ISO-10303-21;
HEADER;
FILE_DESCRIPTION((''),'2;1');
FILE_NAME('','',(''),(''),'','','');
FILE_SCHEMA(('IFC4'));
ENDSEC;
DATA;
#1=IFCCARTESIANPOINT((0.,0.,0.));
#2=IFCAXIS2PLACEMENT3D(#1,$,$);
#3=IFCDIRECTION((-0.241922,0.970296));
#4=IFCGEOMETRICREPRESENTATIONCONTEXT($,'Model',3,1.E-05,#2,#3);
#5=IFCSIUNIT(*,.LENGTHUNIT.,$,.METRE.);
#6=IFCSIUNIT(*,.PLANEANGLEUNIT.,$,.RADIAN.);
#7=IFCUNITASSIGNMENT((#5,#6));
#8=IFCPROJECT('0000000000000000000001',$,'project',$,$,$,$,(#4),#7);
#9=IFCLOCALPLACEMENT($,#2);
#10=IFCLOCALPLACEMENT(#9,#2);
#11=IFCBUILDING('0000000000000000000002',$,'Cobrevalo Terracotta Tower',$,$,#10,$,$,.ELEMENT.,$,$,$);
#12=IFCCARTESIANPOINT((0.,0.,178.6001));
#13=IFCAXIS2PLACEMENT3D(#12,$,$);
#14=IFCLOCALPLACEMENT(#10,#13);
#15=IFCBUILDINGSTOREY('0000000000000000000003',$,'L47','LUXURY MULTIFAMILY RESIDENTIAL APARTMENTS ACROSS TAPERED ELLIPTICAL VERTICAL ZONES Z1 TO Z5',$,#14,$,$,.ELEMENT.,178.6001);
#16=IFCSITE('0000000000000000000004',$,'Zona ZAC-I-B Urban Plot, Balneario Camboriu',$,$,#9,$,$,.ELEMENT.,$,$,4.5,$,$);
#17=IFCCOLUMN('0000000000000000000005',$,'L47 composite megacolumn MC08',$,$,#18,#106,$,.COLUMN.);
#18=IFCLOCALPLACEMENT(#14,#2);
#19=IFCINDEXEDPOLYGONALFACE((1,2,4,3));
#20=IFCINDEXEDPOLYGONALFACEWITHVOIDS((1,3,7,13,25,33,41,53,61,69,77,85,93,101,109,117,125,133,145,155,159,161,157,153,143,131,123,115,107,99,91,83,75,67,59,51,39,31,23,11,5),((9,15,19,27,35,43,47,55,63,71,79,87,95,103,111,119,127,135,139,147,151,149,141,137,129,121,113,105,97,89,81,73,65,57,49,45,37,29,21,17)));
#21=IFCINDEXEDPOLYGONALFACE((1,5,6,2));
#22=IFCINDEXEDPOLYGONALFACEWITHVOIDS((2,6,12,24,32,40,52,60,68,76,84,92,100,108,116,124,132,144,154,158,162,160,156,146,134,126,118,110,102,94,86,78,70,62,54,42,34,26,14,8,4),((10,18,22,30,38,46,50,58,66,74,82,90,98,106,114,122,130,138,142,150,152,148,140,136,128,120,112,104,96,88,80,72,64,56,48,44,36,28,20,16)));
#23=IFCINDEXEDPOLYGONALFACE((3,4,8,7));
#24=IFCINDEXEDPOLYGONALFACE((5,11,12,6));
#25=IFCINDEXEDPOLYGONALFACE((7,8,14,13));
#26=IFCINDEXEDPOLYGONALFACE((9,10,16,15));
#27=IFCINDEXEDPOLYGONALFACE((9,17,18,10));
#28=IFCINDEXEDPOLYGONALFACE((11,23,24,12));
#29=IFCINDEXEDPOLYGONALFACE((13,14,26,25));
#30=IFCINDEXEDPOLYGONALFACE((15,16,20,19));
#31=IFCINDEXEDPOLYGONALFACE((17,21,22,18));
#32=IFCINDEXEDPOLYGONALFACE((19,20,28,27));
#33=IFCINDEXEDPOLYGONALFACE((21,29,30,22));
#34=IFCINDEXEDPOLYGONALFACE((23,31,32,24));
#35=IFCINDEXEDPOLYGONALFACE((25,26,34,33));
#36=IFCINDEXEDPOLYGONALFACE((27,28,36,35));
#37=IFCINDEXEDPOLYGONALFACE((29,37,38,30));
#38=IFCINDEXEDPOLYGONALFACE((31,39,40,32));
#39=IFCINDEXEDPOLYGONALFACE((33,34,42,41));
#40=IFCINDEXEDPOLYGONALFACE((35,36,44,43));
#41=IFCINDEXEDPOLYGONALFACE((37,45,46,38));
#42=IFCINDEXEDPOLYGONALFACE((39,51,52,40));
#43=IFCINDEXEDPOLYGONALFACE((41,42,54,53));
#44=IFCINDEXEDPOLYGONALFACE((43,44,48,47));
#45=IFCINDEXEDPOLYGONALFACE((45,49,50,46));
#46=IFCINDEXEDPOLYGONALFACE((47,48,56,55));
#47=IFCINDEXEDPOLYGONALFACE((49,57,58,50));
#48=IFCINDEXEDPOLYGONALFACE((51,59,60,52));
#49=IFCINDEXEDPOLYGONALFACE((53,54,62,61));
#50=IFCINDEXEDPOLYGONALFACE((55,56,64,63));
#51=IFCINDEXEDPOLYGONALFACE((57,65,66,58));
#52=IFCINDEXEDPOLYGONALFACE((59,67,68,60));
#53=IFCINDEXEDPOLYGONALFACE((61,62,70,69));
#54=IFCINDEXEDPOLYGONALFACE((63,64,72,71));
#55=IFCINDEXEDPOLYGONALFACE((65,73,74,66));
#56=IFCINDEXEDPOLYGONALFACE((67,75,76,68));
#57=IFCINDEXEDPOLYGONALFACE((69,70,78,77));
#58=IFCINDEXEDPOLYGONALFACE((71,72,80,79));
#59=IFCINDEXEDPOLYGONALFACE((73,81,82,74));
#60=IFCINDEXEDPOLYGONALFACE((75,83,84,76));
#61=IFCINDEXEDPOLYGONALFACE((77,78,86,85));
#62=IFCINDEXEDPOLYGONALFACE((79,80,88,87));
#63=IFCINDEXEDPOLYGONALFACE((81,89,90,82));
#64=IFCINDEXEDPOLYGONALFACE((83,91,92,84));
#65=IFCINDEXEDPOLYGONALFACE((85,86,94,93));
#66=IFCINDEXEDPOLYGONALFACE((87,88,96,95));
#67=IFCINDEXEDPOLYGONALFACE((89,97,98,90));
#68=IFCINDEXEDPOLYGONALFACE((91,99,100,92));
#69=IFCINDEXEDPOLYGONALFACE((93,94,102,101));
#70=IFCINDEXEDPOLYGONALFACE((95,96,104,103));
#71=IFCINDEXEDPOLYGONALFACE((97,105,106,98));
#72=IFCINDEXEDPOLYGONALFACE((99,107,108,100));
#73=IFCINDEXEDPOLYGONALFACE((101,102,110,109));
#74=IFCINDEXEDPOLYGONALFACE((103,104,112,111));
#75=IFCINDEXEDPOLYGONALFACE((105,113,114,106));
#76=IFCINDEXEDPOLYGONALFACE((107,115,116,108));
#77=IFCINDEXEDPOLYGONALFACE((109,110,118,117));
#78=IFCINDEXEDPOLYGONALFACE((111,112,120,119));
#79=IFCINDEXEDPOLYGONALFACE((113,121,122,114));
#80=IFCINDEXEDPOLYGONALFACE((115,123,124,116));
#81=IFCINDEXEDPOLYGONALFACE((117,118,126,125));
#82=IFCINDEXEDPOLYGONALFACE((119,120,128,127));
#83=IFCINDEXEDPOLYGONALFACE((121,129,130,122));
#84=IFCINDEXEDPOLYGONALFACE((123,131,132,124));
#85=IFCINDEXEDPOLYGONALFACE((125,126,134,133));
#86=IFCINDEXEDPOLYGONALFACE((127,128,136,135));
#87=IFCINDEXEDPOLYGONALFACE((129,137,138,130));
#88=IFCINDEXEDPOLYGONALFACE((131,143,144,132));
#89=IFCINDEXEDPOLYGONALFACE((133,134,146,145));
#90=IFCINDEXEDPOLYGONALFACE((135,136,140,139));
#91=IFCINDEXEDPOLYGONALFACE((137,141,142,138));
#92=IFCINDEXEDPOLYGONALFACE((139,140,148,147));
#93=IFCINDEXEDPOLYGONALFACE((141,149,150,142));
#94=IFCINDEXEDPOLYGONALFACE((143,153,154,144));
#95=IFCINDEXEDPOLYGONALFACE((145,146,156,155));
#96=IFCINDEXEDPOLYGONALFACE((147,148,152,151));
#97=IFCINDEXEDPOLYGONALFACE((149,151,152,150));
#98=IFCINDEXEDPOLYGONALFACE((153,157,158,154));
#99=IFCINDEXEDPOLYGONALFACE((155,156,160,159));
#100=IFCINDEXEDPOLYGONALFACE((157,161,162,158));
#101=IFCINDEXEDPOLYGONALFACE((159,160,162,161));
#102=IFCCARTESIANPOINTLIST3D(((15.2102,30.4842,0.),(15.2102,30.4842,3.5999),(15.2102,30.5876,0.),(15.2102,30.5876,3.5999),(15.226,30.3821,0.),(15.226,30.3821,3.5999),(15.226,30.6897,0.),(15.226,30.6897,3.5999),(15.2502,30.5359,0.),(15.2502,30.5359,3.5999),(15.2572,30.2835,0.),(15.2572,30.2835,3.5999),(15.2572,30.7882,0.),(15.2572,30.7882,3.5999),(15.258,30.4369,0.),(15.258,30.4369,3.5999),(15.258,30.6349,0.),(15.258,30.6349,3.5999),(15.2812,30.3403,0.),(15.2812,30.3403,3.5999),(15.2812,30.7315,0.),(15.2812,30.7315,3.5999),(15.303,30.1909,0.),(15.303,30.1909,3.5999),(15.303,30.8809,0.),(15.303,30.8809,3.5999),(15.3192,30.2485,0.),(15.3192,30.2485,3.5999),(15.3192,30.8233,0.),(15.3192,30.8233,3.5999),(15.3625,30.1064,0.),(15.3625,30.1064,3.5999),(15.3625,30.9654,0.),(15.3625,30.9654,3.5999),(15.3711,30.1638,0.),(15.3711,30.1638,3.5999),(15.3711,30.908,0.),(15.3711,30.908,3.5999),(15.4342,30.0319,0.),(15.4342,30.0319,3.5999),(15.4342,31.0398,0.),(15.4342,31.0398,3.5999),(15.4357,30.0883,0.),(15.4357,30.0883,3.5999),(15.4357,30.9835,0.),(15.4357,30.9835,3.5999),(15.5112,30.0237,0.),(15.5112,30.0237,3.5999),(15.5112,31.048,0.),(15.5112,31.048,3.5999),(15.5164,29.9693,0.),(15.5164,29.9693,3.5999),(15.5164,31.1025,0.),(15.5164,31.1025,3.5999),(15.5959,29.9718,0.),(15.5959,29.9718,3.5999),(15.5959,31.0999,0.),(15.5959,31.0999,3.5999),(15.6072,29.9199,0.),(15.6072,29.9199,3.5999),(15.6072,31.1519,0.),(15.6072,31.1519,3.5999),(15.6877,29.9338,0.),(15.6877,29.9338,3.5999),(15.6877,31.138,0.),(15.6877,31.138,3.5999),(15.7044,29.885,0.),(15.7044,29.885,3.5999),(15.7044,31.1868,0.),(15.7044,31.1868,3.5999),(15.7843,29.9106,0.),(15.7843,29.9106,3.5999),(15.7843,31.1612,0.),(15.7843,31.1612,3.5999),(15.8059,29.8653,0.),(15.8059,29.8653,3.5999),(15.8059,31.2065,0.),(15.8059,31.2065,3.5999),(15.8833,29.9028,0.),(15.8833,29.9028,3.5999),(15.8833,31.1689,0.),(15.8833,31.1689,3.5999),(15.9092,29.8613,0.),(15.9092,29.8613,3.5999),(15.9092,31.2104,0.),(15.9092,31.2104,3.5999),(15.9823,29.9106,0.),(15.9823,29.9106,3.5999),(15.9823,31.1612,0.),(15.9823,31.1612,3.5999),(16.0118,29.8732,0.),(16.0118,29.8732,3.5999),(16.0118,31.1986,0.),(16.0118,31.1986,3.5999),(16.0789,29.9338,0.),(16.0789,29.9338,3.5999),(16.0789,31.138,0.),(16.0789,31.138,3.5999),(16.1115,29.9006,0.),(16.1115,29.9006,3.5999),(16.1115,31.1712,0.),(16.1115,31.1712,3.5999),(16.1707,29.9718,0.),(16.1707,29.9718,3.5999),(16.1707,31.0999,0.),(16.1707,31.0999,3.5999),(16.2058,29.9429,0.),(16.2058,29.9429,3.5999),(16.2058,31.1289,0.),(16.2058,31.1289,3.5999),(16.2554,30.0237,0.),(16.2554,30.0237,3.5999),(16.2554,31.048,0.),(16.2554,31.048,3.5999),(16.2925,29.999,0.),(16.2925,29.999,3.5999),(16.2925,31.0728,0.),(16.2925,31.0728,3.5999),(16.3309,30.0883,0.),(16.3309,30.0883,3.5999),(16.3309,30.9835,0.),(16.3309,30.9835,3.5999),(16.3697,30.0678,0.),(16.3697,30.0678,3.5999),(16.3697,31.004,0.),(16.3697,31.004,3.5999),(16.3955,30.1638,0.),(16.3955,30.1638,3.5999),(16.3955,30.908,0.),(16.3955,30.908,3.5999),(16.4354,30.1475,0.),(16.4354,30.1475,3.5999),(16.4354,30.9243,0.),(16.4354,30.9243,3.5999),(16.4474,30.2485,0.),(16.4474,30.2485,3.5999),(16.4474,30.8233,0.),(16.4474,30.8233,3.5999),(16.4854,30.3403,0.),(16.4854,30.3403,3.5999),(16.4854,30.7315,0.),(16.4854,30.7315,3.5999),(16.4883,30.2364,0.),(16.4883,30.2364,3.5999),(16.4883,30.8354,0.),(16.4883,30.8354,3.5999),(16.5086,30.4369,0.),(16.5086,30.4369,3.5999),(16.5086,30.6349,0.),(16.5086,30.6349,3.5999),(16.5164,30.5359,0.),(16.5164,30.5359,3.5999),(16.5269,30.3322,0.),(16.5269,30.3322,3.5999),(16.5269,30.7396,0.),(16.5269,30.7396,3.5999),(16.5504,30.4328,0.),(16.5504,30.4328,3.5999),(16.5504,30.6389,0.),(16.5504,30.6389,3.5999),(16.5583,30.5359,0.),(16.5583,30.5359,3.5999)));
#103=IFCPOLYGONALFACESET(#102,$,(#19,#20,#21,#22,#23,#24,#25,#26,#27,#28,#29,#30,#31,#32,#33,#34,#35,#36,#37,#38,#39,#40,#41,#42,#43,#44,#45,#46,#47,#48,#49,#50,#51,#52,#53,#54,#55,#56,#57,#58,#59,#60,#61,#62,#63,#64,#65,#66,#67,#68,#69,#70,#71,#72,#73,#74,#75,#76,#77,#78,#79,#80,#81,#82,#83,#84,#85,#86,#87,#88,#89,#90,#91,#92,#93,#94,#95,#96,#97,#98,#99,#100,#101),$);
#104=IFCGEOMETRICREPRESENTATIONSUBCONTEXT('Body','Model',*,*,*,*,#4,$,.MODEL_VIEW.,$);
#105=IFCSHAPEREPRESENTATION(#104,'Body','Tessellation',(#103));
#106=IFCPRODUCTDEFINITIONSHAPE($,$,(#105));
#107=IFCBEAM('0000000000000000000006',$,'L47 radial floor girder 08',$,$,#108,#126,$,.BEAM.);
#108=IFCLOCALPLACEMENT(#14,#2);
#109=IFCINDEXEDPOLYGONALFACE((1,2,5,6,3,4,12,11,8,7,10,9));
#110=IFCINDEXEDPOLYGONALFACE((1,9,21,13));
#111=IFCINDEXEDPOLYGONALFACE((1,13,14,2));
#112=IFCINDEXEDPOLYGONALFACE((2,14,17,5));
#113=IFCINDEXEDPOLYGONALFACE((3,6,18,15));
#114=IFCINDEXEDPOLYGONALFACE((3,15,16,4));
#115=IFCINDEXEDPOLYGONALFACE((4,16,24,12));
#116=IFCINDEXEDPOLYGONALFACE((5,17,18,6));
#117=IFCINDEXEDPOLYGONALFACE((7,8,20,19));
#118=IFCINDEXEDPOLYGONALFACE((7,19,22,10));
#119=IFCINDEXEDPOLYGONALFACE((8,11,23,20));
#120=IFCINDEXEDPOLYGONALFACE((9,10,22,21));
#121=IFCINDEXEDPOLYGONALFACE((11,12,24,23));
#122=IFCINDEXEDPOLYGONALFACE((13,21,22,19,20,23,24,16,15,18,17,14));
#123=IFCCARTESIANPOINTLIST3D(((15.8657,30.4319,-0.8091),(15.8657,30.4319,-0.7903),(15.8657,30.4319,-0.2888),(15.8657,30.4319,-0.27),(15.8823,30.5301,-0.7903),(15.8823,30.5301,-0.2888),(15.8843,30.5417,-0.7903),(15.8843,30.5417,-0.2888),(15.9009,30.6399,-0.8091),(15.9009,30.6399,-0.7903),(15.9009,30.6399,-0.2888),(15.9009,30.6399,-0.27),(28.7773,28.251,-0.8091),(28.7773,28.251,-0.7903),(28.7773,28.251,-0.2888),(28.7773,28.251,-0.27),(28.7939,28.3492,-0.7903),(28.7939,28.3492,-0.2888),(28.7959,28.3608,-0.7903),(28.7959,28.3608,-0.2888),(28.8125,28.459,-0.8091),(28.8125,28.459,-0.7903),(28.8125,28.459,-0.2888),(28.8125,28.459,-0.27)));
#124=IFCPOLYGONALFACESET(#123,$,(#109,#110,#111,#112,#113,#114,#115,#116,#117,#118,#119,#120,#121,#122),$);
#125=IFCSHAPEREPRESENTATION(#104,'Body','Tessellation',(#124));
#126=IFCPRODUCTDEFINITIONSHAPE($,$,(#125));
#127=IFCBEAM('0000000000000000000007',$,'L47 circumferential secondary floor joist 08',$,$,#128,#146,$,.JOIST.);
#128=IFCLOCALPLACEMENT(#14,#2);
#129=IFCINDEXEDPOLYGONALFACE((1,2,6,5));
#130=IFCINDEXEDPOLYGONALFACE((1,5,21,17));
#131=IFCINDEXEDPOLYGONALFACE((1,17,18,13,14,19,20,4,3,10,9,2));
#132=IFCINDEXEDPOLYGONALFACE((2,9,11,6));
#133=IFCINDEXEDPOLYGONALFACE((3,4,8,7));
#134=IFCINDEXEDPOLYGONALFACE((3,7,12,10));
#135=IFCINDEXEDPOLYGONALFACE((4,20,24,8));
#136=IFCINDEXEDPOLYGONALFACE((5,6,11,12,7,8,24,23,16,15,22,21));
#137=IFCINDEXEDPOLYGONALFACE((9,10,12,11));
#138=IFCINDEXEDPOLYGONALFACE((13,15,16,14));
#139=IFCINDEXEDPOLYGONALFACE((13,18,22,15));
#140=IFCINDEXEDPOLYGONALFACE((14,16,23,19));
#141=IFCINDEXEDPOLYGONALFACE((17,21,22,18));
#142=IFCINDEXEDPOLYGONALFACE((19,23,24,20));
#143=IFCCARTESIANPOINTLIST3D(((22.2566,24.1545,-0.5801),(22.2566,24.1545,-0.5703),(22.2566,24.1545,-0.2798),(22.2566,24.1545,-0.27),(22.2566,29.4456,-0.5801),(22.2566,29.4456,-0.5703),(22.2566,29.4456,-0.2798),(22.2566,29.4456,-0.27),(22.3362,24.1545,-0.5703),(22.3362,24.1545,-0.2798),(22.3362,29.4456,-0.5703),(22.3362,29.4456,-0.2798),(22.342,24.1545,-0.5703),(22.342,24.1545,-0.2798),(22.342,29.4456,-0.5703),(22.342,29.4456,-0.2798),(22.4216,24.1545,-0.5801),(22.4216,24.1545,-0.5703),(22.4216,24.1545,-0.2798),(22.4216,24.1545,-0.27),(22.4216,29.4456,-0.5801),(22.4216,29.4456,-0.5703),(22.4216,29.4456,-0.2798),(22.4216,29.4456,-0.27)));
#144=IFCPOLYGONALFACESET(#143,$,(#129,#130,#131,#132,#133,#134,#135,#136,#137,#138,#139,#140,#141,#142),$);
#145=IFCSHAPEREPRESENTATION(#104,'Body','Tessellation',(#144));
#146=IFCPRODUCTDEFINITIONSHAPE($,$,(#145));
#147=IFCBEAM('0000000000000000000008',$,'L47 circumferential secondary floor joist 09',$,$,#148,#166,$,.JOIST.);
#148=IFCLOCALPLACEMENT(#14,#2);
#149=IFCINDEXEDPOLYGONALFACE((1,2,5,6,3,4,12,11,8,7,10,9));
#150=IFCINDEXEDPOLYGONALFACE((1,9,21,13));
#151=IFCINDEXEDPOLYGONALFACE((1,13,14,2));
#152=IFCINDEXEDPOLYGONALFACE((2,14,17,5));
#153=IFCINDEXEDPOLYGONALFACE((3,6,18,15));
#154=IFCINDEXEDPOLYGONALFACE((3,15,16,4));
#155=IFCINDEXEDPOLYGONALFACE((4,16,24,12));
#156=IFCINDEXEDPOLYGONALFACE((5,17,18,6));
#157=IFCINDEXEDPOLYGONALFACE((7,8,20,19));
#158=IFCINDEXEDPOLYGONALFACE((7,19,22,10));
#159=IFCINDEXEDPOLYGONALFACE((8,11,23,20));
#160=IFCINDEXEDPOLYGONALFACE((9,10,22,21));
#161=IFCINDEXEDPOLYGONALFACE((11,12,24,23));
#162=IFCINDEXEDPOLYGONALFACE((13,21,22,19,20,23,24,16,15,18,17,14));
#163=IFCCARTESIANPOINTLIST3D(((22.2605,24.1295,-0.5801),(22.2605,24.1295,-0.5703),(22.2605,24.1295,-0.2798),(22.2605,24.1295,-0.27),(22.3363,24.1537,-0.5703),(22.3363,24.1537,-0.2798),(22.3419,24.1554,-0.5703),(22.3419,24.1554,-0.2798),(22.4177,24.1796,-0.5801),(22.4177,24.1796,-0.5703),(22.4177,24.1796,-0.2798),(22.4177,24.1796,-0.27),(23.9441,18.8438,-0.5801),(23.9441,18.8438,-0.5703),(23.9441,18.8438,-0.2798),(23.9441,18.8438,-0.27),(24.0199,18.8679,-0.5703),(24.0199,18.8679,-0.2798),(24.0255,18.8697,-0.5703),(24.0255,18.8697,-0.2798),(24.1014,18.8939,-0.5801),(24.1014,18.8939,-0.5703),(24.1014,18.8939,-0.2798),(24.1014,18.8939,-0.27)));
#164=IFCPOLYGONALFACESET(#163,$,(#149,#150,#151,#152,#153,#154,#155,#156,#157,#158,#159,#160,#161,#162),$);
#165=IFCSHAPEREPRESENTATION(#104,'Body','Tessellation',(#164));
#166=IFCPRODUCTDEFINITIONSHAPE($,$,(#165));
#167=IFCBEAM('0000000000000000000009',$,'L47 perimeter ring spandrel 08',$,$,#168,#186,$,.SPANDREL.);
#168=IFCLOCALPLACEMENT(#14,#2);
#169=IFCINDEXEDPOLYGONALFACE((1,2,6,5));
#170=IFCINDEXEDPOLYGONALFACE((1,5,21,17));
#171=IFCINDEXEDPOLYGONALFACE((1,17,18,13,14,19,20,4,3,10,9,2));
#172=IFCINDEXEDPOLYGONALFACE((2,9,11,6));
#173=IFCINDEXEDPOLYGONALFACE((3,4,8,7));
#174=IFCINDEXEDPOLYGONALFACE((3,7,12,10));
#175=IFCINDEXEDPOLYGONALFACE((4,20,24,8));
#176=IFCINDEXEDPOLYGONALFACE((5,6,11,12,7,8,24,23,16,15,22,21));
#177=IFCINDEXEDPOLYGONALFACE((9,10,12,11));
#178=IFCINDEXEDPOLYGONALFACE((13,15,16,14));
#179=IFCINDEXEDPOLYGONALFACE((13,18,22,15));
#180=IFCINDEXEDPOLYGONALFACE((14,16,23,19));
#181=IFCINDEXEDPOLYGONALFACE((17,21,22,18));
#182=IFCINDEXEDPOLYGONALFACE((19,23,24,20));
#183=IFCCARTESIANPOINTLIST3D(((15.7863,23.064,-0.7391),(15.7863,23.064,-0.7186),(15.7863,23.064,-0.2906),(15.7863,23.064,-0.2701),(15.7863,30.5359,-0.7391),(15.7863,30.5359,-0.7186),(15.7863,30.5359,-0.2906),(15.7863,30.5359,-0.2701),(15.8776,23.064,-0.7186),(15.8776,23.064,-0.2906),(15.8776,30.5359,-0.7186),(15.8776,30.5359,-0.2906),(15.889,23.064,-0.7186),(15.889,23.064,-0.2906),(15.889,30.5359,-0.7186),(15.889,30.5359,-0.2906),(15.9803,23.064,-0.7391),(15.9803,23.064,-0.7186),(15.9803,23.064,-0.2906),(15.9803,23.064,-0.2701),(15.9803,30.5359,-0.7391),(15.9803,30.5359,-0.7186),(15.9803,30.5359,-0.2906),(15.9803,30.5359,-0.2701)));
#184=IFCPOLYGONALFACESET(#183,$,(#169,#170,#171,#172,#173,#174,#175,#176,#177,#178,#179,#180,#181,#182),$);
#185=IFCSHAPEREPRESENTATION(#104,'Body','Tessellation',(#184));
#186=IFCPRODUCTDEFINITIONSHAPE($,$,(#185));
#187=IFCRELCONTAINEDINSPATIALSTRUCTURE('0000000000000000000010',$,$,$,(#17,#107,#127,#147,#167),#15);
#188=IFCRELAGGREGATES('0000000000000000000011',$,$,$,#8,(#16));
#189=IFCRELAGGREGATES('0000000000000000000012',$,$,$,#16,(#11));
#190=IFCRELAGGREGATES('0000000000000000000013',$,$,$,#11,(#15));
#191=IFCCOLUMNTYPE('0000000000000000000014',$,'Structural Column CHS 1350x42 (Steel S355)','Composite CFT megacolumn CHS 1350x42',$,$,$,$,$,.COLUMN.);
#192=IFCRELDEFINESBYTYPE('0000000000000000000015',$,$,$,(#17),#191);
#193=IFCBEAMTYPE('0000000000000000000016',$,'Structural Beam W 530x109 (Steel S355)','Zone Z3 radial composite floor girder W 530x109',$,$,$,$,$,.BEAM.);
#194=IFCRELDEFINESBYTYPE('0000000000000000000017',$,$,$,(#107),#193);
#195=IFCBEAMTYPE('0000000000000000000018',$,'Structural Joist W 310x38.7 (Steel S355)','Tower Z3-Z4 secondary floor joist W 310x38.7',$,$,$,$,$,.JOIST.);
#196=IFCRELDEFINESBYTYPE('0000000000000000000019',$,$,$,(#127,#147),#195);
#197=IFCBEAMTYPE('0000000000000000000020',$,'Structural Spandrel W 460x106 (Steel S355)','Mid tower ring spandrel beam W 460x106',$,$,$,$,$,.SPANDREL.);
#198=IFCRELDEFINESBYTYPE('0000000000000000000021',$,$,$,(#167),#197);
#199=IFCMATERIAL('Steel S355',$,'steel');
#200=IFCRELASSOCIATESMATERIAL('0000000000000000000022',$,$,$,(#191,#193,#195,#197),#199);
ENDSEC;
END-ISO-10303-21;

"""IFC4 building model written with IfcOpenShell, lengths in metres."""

from ifc_helpers import new_model, si_unit, direction, frame, origin, origin_2d, place, context, subcontext, project, spatial, hollow_circle, i_section, extrude, material, material_profile, profile_set, type_object, element, save


model = new_model("IFC4")

# Units and contexts
model_context = context("Model", 3, precision=1e-05, world=origin(), true_north=direction((-0.241922, 0.970296)))
body_context = subcontext(model_context, "Body", "Model", "MODEL_VIEW")
ifc_project = project(units=[si_unit("LENGTHUNIT", "METRE"), si_unit("PLANEANGLEUNIT", "RADIAN")], contexts=[model_context])

# Site, building, storey
site_placement = place(None, origin())
site = spatial("IfcSite", under=ifc_project, at=site_placement, Name="Zona ZAC-I-B Urban Plot, Balneario Camboriu", CompositionType="ELEMENT", RefElevation=4.5)
building_placement = place(site_placement, origin())
building = spatial("IfcBuilding", under=site, at=building_placement, Name="Cobrevalo Terracotta Tower", CompositionType="ELEMENT")
storey_placement = place(building_placement, frame((0.0, 0.0, 178.6001)))
storey = spatial("IfcBuildingStorey", under=building, at=storey_placement, Name="L47", Description="LUXURY MULTIFAMILY RESIDENTIAL APARTMENTS ACROSS TAPERED ELLIPTICAL VERTICAL ZONES Z1 TO Z5", CompositionType="ELEMENT", Elevation=178.6001)

# Column
ifc_material_1 = material(Name="Steel S355", Category="steel")
ifc_material_profile_1 = material_profile(ifc_material_1, hollow_circle(Radius=0.675, WallThickness=0.042, at=origin_2d()), Name="CHS 1350x42")
ifc_profile_set_1 = profile_set([ifc_material_profile_1], Name="Steel S355")
column_type = type_object("IfcColumnType", Name="Structural Column CHS 1350x42 (Steel S355)", Description="Composite CFT megacolumn CHS 1350x42", PredefinedType="COLUMN", material=ifc_profile_set_1)
column_placement = place(storey_placement, frame((15.8833, 30.5359, 0.0), z_axis=(0.0, 0.0, 1.0), x_axis=(1.0, 0.0, 0.0)))
element("IfcColumn", 1, at=column_placement, inside=storey, type_object=column_type, Name="L47 composite megacolumn MC08", PredefinedType="COLUMN", context=body_context, shape_type="SweptSolid", body=[
    extrude(hollow_circle(Radius=0.675, WallThickness=0.042, at=origin_2d()), origin(), (0.0, 0.0, 1.0), 3.5999),
])

# Beams
ifc_material_profile_2 = material_profile(ifc_material_1, i_section(OverallWidth=0.2109, OverallDepth=0.5391, WebThickness=0.0117, FlangeThickness=0.0188, at=origin_2d()), Name="W 530x109")
ifc_profile_set_2 = profile_set([ifc_material_profile_2], Name="Steel S355")
beam_type_1 = type_object("IfcBeamType", Name="Structural Beam W 530x109 (Steel S355)", Description="Zone Z3 radial composite floor girder W 530x109", PredefinedType="BEAM", material=ifc_profile_set_2)
beam_1_placement = place(storey_placement, frame((15.8833, 30.5359, -0.5396), z_axis=(0.986033, -0.166551, 0.0), x_axis=(0.166551, 0.986033, 0.0)))
element("IfcBeam", 2, at=beam_1_placement, inside=storey, type_object=beam_type_1, Name="L47 radial floor girder 08", PredefinedType="BEAM", context=body_context, shape_type="SweptSolid", body=[
    extrude(i_section(OverallWidth=0.2109, OverallDepth=0.5391, WebThickness=0.0117, FlangeThickness=0.0188, at=origin_2d()), origin(), (0.0, 0.0, 1.0), 13.0945),
])
ifc_material_profile_3 = material_profile(ifc_material_1, i_section(OverallWidth=0.165, OverallDepth=0.3101, WebThickness=0.0059, FlangeThickness=0.0098, at=origin_2d()), Name="W 310x38.7")
ifc_profile_set_3 = profile_set([ifc_material_profile_3], Name="Steel S355")
beam_type_2 = type_object("IfcBeamType", Name="Structural Joist W 310x38.7 (Steel S355)", Description="Tower Z3-Z4 secondary floor joist W 310x38.7", PredefinedType="JOIST", material=ifc_profile_set_3)
beam_2_placement = place(storey_placement, frame((22.3391, 29.4456, -0.425), z_axis=(0.0, -1.0, 0.0), x_axis=(1.0, 0.0, 0.0)))
element("IfcBeam", 3, at=beam_2_placement, inside=storey, type_object=beam_type_2, Name="L47 circumferential secondary floor joist 08", PredefinedType="JOIST", context=body_context, shape_type="SweptSolid", body=[
    extrude(i_section(OverallWidth=0.165, OverallDepth=0.3101, WebThickness=0.0059, FlangeThickness=0.0098, at=origin_2d()), origin(), (0.0, 0.0, 1.0), 5.291),
])
beam_3_placement = place(storey_placement, frame((22.3391, 24.1545, -0.425), z_axis=(0.303498, -0.952832, 0.0), x_axis=(0.952832, 0.303498, 0.0)))
element("IfcBeam", 4, at=beam_3_placement, inside=storey, type_object=beam_type_2, Name="L47 circumferential secondary floor joist 09", PredefinedType="JOIST", context=body_context, shape_type="SweptSolid", body=[
    extrude(i_section(OverallWidth=0.165, OverallDepth=0.3101, WebThickness=0.0059, FlangeThickness=0.0098, at=origin_2d()), origin(), (0.0, 0.0, 1.0), 5.5474),
])
ifc_material_profile_4 = material_profile(ifc_material_1, i_section(OverallWidth=0.1941, OverallDepth=0.469, WebThickness=0.0115, FlangeThickness=0.0205, at=origin_2d()), Name="W 460x106")
ifc_profile_set_4 = profile_set([ifc_material_profile_4], Name="Steel S355")
beam_type_3 = type_object("IfcBeamType", Name="Structural Spandrel W 460x106 (Steel S355)", Description="Mid tower ring spandrel beam W 460x106", PredefinedType="SPANDREL", material=ifc_profile_set_4)
beam_4_placement = place(storey_placement, frame((15.8833, 30.5359, -0.5046), z_axis=(0.0, -1.0, 0.0), x_axis=(1.0, 0.0, 0.0)))
element("IfcBeam", 5, at=beam_4_placement, inside=storey, type_object=beam_type_3, Name="L47 perimeter ring spandrel 08", PredefinedType="SPANDREL", context=body_context, shape_type="SweptSolid", body=[
    extrude(i_section(OverallWidth=0.1941, OverallDepth=0.469, WebThickness=0.0115, FlangeThickness=0.0205, at=origin_2d()), origin(), (0.0, 0.0, 1.0), 7.4719),
])

save(model, "model.ifc")
